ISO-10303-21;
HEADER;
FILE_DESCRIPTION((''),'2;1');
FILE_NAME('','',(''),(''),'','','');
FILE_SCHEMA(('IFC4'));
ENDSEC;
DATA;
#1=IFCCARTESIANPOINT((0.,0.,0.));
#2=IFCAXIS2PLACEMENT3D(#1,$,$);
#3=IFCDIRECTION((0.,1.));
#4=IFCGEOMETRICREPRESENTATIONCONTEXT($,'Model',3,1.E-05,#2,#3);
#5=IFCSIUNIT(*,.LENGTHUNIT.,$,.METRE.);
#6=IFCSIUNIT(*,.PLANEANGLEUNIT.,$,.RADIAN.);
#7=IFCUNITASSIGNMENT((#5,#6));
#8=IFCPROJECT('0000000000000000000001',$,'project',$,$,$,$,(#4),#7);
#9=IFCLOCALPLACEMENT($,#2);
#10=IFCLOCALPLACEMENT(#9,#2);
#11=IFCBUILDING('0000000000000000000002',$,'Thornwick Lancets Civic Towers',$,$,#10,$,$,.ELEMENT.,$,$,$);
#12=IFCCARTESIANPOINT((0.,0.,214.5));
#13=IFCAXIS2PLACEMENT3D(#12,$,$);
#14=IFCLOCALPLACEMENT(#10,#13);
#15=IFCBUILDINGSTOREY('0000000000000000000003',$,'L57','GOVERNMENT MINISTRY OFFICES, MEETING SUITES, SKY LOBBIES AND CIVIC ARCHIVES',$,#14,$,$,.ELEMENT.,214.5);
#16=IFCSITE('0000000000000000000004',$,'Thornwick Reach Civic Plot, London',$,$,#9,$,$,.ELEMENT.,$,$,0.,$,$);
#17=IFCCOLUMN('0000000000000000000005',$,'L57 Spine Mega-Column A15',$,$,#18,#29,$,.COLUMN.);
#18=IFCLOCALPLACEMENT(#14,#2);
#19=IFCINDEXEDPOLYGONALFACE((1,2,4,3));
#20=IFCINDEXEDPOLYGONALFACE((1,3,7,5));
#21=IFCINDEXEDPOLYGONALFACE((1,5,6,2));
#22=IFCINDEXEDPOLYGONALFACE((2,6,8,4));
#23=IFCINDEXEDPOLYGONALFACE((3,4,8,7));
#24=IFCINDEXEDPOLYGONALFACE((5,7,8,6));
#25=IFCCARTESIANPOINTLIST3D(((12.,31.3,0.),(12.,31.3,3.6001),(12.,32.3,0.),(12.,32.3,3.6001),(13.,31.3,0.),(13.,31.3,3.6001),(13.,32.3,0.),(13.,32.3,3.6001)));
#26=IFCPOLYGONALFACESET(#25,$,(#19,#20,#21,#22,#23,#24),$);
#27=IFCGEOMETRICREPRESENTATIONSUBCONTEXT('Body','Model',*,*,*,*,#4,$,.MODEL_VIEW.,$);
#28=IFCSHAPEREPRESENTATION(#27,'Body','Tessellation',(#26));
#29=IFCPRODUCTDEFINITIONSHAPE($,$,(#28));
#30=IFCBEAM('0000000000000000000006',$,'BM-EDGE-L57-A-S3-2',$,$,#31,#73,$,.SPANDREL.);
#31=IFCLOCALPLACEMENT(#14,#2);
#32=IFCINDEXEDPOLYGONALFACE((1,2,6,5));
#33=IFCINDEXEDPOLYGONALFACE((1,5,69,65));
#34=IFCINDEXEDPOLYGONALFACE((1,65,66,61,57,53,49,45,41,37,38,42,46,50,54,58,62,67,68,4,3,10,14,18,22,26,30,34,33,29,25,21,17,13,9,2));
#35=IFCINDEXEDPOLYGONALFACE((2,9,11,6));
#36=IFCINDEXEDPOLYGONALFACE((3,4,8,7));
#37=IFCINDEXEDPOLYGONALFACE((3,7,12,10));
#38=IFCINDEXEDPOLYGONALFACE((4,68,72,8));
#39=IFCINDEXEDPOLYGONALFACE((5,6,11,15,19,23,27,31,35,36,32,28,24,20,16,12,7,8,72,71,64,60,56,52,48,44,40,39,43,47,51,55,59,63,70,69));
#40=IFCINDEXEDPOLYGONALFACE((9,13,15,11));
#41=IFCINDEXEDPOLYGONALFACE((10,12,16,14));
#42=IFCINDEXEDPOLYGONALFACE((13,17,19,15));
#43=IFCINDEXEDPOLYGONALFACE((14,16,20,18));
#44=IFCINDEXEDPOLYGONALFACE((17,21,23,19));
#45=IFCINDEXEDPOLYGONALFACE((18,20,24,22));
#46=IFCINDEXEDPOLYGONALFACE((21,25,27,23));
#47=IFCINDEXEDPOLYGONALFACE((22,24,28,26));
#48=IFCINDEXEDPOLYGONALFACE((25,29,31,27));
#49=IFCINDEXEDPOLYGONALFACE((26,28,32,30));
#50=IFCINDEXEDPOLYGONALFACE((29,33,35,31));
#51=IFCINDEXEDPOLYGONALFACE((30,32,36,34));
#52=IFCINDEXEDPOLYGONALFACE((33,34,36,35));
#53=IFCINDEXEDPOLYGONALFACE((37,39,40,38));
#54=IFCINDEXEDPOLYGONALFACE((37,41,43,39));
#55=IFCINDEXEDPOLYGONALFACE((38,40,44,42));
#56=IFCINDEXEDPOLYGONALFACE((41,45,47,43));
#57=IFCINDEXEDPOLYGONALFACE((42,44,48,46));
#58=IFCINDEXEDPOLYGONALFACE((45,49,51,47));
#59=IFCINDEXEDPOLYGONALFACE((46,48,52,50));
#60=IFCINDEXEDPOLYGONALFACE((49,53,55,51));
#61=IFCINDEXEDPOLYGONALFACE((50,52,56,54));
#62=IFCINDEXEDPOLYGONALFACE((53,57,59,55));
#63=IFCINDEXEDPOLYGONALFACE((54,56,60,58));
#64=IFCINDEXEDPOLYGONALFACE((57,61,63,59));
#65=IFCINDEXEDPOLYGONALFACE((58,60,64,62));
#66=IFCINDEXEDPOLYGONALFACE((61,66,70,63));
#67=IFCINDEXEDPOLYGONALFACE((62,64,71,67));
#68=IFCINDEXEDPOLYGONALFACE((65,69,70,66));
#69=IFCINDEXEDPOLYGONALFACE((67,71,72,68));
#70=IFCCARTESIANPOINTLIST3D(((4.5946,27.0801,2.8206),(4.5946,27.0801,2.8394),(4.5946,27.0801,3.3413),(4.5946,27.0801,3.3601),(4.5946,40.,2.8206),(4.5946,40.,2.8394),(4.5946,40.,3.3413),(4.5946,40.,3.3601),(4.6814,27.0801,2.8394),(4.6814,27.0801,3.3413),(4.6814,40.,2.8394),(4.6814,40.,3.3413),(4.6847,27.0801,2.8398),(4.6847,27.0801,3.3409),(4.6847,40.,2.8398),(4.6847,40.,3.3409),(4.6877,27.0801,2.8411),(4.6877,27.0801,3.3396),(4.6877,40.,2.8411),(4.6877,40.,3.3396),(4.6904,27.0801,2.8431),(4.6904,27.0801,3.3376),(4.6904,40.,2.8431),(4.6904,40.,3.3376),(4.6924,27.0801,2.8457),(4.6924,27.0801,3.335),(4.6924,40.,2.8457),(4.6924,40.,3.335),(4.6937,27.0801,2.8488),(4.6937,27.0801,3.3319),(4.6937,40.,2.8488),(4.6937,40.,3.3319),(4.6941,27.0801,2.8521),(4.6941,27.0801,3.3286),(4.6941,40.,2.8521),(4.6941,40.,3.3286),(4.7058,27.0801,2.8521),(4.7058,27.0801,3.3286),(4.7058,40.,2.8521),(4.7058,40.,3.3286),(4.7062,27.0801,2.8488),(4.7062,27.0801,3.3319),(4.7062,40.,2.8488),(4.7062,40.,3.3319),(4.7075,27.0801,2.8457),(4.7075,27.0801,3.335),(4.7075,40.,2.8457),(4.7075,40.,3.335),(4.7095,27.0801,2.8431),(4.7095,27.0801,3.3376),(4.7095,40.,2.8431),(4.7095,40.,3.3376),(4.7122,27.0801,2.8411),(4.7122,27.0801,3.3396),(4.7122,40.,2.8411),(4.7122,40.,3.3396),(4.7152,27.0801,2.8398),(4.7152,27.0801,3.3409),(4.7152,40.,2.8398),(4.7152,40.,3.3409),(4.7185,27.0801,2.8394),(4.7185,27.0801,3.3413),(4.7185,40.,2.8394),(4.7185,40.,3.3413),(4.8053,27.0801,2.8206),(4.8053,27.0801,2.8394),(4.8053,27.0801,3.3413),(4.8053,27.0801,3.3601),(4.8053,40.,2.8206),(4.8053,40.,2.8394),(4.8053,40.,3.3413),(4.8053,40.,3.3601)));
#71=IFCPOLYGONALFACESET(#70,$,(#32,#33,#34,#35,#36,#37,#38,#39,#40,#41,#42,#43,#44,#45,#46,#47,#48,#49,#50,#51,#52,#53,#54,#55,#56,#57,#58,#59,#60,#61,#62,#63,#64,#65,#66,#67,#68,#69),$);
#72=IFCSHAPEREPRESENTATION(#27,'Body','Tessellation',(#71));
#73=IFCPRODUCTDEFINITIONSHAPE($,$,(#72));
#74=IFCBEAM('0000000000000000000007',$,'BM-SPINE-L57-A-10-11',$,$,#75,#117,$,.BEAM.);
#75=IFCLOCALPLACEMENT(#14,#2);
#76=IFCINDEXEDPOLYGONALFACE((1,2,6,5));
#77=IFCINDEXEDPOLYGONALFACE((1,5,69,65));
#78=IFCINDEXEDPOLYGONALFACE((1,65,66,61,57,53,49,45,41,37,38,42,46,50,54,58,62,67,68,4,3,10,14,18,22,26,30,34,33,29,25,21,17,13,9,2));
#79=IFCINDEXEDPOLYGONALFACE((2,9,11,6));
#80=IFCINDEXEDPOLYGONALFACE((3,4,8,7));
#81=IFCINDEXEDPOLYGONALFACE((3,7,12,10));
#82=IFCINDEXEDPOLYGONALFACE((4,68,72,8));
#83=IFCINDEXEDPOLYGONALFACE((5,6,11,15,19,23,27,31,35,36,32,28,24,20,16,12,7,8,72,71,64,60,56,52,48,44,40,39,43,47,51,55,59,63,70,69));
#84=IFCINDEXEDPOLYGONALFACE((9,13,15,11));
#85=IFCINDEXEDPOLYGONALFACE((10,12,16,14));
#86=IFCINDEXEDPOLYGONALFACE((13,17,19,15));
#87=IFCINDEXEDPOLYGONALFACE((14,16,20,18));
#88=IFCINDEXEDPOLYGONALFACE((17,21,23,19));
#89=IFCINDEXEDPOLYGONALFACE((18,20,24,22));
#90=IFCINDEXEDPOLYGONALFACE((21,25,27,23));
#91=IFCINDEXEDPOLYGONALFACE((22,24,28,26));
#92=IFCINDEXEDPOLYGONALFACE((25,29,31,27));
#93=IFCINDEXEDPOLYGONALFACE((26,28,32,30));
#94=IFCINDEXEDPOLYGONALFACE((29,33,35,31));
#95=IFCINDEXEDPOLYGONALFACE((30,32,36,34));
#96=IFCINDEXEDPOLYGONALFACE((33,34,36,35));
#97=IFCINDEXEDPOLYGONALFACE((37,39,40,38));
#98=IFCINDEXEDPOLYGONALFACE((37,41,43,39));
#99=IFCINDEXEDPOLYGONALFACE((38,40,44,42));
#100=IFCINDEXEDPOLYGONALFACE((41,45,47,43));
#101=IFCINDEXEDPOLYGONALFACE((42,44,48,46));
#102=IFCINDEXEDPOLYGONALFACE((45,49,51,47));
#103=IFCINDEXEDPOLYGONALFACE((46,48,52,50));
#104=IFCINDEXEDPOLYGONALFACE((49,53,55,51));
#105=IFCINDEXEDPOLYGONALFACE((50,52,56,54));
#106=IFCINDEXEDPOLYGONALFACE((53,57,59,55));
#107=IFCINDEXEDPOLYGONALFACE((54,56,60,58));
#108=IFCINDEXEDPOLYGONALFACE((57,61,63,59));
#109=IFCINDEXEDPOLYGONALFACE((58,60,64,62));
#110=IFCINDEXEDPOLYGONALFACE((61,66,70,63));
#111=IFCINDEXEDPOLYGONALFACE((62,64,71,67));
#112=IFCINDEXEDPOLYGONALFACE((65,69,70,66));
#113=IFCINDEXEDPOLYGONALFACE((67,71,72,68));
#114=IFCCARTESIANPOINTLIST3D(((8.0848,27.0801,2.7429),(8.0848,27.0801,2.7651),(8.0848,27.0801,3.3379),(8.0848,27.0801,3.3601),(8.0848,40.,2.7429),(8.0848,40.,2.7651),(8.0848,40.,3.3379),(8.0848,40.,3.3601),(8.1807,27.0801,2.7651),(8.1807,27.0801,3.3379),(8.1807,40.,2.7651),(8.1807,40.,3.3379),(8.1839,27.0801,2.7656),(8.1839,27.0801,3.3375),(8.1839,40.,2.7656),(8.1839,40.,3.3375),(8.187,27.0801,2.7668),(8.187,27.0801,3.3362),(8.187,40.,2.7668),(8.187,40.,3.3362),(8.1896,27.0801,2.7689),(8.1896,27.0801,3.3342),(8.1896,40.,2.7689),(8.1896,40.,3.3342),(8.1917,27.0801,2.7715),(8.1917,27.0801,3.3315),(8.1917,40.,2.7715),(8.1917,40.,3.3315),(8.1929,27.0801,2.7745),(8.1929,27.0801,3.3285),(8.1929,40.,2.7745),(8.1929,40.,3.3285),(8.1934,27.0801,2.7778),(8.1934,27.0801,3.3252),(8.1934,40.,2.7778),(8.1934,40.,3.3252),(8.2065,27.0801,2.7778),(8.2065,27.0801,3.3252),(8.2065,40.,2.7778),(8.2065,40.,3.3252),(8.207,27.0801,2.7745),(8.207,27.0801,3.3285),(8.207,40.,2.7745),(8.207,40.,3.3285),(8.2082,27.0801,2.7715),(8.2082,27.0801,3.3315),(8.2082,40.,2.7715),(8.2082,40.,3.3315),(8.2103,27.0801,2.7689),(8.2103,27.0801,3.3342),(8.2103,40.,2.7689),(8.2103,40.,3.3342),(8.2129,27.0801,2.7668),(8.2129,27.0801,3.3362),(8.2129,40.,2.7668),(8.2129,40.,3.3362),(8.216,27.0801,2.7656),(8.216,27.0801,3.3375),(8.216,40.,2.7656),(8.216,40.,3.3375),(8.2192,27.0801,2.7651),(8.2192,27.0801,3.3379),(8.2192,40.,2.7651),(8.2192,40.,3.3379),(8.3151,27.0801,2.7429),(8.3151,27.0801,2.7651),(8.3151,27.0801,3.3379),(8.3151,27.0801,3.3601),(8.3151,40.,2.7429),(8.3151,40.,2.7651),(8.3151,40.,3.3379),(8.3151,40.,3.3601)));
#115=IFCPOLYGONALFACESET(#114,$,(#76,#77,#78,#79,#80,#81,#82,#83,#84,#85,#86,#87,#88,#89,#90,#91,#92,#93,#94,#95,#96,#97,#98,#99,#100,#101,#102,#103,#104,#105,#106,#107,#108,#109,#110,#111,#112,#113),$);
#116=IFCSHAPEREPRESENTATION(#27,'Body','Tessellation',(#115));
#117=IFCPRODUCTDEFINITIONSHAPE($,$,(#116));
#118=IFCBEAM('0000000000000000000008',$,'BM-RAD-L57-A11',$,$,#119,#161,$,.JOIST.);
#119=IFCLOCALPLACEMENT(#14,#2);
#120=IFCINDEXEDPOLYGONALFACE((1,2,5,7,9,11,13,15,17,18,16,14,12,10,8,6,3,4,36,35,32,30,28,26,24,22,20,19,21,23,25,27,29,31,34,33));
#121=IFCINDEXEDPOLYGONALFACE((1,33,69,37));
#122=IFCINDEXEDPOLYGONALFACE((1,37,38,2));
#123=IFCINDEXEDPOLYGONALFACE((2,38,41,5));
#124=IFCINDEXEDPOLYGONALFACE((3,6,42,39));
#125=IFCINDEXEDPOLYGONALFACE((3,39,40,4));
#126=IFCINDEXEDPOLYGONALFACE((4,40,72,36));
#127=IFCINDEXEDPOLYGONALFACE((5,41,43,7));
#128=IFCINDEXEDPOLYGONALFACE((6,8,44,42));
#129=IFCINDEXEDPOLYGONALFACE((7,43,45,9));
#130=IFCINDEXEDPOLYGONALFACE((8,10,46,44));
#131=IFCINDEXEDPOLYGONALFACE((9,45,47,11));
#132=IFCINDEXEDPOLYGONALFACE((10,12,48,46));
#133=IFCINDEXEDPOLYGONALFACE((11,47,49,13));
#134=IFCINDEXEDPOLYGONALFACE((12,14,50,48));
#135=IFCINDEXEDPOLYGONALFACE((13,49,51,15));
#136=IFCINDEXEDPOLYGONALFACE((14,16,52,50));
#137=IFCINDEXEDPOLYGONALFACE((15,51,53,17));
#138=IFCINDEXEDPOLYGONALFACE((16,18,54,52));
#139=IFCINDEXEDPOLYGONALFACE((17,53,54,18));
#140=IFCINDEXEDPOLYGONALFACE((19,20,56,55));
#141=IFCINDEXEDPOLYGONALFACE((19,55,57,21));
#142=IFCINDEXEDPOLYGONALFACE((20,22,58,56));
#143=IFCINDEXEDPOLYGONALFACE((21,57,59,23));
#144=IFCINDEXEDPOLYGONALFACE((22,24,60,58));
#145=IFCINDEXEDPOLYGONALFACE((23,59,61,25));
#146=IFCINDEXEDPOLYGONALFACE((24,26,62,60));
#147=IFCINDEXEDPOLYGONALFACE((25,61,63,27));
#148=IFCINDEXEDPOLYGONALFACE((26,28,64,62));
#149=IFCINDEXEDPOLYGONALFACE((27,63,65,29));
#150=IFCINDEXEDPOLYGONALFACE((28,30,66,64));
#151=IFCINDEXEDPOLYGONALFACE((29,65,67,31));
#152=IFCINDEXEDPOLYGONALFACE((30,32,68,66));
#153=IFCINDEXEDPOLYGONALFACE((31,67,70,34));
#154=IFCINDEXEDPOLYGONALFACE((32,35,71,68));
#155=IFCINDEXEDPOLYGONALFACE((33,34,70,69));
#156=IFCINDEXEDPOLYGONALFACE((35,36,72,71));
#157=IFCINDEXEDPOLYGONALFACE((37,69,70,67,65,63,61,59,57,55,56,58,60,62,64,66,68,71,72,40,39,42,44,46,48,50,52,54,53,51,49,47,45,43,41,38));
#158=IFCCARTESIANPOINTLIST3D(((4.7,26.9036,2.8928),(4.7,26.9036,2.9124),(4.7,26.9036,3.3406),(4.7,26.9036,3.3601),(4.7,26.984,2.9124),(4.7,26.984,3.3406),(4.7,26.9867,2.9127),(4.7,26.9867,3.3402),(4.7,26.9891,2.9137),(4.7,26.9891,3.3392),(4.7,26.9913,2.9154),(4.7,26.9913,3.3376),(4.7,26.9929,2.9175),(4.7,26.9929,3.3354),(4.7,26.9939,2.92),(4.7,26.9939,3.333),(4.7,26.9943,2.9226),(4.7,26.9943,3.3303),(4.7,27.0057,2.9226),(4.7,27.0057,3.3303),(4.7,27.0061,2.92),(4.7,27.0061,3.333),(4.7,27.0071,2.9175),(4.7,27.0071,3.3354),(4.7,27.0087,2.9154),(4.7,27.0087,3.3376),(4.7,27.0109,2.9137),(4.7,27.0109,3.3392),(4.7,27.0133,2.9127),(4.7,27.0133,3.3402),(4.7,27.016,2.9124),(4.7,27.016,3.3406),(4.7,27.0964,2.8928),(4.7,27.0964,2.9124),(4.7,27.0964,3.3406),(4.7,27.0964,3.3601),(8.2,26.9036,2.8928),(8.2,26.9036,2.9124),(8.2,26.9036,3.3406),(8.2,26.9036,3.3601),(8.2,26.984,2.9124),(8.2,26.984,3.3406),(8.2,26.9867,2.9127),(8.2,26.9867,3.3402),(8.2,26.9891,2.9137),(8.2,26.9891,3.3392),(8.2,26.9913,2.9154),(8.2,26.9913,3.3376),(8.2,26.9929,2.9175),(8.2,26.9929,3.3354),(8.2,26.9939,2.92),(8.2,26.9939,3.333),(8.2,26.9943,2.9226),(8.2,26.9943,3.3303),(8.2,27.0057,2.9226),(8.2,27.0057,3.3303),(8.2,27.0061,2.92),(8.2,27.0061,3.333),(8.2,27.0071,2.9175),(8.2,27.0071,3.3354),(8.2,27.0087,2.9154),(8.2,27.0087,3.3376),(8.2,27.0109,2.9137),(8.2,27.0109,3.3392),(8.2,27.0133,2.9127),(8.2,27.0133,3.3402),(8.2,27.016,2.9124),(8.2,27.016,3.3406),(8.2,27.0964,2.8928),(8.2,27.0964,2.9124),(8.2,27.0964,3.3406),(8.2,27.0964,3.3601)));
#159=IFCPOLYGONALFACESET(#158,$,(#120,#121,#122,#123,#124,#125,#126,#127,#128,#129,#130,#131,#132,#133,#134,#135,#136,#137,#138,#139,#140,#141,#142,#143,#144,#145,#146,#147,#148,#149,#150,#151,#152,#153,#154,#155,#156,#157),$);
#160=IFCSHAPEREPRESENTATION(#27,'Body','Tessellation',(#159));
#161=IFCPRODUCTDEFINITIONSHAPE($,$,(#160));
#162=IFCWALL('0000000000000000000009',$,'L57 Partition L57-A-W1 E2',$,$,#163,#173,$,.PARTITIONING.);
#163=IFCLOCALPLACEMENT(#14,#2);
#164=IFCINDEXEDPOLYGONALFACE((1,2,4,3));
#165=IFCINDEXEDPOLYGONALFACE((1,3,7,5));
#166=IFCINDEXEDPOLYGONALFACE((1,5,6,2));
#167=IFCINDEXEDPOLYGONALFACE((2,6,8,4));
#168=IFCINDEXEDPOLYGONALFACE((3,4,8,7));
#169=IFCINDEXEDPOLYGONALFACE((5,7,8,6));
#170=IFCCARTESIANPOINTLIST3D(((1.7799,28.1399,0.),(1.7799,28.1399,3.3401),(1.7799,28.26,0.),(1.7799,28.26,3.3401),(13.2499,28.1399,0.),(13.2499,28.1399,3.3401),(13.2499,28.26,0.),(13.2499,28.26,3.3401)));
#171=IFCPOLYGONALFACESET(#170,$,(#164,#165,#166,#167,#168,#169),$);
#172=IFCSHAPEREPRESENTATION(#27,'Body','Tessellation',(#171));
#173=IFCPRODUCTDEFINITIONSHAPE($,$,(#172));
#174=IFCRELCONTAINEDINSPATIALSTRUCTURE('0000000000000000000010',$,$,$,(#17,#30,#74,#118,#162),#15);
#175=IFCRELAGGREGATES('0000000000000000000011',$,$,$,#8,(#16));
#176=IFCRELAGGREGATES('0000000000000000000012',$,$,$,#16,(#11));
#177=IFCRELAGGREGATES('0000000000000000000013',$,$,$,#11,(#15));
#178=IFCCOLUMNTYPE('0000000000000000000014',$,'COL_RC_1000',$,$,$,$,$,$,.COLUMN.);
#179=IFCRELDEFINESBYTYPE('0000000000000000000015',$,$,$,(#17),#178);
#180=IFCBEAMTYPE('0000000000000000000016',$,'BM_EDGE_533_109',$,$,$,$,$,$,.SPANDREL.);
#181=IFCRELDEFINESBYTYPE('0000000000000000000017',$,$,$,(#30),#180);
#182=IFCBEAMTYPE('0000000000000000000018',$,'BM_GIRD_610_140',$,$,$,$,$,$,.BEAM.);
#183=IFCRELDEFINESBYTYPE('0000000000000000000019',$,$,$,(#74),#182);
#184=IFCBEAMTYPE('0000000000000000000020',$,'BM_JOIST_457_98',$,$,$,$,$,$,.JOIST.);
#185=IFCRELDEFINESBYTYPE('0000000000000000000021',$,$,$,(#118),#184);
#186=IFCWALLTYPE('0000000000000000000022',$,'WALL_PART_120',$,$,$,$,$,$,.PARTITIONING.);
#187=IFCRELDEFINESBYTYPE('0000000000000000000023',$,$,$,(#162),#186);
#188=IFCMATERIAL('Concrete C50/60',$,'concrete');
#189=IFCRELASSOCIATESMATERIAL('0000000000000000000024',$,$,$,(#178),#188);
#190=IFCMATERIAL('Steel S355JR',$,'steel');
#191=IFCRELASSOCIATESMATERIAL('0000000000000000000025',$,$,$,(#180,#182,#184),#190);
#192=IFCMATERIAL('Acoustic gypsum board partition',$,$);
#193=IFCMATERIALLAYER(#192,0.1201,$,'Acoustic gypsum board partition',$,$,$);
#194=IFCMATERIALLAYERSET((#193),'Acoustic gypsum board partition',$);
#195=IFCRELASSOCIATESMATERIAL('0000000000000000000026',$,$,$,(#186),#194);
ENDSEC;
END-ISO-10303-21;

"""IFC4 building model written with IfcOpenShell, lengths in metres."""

from ifc_helpers import new_model, si_unit, direction, frame, frame_2d, origin, origin_2d, place, context, subcontext, project, spatial, rectangle, i_section, extrude, material, layer, layer_set, material_profile, profile_set, type_object, element, save


model = new_model("IFC4")

# Units and contexts
model_context = context("Model", 3, precision=1e-05, world=origin(), true_north=direction((0.0, 1.0)))
body_context = subcontext(model_context, "Body", "Model", "MODEL_VIEW")
ifc_project = project(units=[si_unit("LENGTHUNIT", "METRE"), si_unit("PLANEANGLEUNIT", "RADIAN")], contexts=[model_context])

# Site, building, storey
site_placement = place(None, origin())
site = spatial("IfcSite", under=ifc_project, at=site_placement, Name="Thornwick Reach Civic Plot, London", CompositionType="ELEMENT", RefElevation=0.0)
building_placement = place(site_placement, origin())
building = spatial("IfcBuilding", under=site, at=building_placement, Name="Thornwick Lancets Civic Towers", CompositionType="ELEMENT")
storey_placement = place(building_placement, frame((0.0, 0.0, 214.5)))
storey = spatial("IfcBuildingStorey", under=building, at=storey_placement, Name="L57", Description="GOVERNMENT MINISTRY OFFICES, MEETING SUITES, SKY LOBBIES AND CIVIC ARCHIVES", CompositionType="ELEMENT", Elevation=214.5)

# Column
ifc_material_1 = material(Name="Concrete C50/60", Category="concrete")
ifc_material_profile_1 = material_profile(ifc_material_1, rectangle(XDim=1.0, YDim=1.0, at=origin_2d()), Name="RC 1000x1000")
ifc_profile_set_1 = profile_set([ifc_material_profile_1], Name="Concrete C50/60")
column_type = type_object("IfcColumnType", Name="COL_RC_1000", PredefinedType="COLUMN", material=ifc_profile_set_1)
column_placement = place(storey_placement, frame((12.5, 31.8, 0.0), z_axis=(0.0, 0.0, 1.0), x_axis=(1.0, 0.0, 0.0)))
element("IfcColumn", 1, at=column_placement, inside=storey, type_object=column_type, Name="L57 Spine Mega-Column A15", PredefinedType="COLUMN", context=body_context, shape_type="SweptSolid", body=[
    extrude(rectangle(XDim=1.0, YDim=1.0, at=origin_2d()), origin(), (0.0, 0.0, 1.0), 3.6001),
])

# Beams
ifc_material_2 = material(Name="Steel S355JR", Category="steel")
ifc_material_profile_2 = material_profile(ifc_material_2, i_section(OverallWidth=0.2107, OverallDepth=0.5396, WebThickness=0.0117, FlangeThickness=0.0188, FilletRadius=0.0127, at=origin_2d()), Name="UKB 533x210x109")
ifc_profile_set_2 = profile_set([ifc_material_profile_2], Name="Steel S355JR")
beam_type_1 = type_object("IfcBeamType", Name="BM_EDGE_533_109", PredefinedType="SPANDREL", material=ifc_profile_set_2)
beam_1_placement = place(storey_placement, frame((4.7, 27.0801, 3.0903), z_axis=(0.0, 1.0, 0.0), x_axis=(-1.0, 0.0, 0.0)))
element("IfcBeam", 2, at=beam_1_placement, inside=storey, type_object=beam_type_1, Name="BM-EDGE-L57-A-S3-2", PredefinedType="SPANDREL", context=body_context, shape_type="SweptSolid", body=[
    extrude(i_section(OverallWidth=0.2107, OverallDepth=0.5396, WebThickness=0.0117, FlangeThickness=0.0188, FilletRadius=0.0127, at=origin_2d()), origin(), (0.0, 0.0, 1.0), 12.9199),
])
ifc_material_profile_3 = material_profile(ifc_material_2, i_section(OverallWidth=0.2302, OverallDepth=0.6172, WebThickness=0.0132, FlangeThickness=0.0222, FilletRadius=0.0127, at=origin_2d()), Name="UKB 610x229x140")
ifc_profile_set_3 = profile_set([ifc_material_profile_3], Name="Steel S355JR")
beam_type_2 = type_object("IfcBeamType", Name="BM_GIRD_610_140", PredefinedType="BEAM", material=ifc_profile_set_3)
beam_2_placement = place(storey_placement, frame((8.2, 27.0801, 3.0515), z_axis=(0.0, 1.0, 0.0), x_axis=(-1.0, 0.0, 0.0)))
element("IfcBeam", 3, at=beam_2_placement, inside=storey, type_object=beam_type_2, Name="BM-SPINE-L57-A-10-11", PredefinedType="BEAM", context=body_context, shape_type="SweptSolid", body=[
    extrude(i_section(OverallWidth=0.2302, OverallDepth=0.6172, WebThickness=0.0132, FlangeThickness=0.0222, FilletRadius=0.0127, at=origin_2d()), origin(), (0.0, 0.0, 1.0), 12.9199),
])
ifc_material_profile_4 = material_profile(ifc_material_2, i_section(OverallWidth=0.1929, OverallDepth=0.4673, WebThickness=0.0115, FlangeThickness=0.0195, FilletRadius=0.0103, at=origin_2d()), Name="UKB 457x191x98")
ifc_profile_set_4 = profile_set([ifc_material_profile_4], Name="Steel S355JR")
beam_type_3 = type_object("IfcBeamType", Name="BM_JOIST_457_98", PredefinedType="JOIST", material=ifc_profile_set_4)
beam_3_placement = place(storey_placement, frame((8.2, 27.0, 3.1265), z_axis=(-1.0, 0.0, 0.0), x_axis=(0.0, -1.0, 0.0)))
element("IfcBeam", 4, at=beam_3_placement, inside=storey, type_object=beam_type_3, Name="BM-RAD-L57-A11", PredefinedType="JOIST", context=body_context, shape_type="SweptSolid", body=[
    extrude(i_section(OverallWidth=0.1929, OverallDepth=0.4673, WebThickness=0.0115, FlangeThickness=0.0195, FilletRadius=0.0103, at=origin_2d()), origin(), (0.0, 0.0, 1.0), 3.5),
])

# Wall
ifc_material_3 = material(Name="Acoustic gypsum board partition")
ifc_layer_1 = layer(ifc_material_3, 0.1201, Name="Acoustic gypsum board partition")
ifc_layer_set_1 = layer_set([ifc_layer_1], Name="Acoustic gypsum board partition")
wall_type_1 = type_object("IfcWallType", Name="WALL_PART_120", PredefinedType="PARTITIONING", material=ifc_layer_set_1)
wall_1_placement = place(storey_placement, frame((1.78, 28.2, 0.0), z_axis=(0.0, 0.0, 1.0), x_axis=(1.0, 0.0, 0.0)))
element("IfcWall", 5, at=wall_1_placement, inside=storey, type_object=wall_type_1, Name="L57 Partition L57-A-W1 E2", PredefinedType="PARTITIONING", context=body_context, shape_type="SweptSolid", body=[
    extrude(rectangle(XDim=11.47, YDim=0.1201, at=frame_2d((5.7349, 0.0))), origin(), (0.0, 0.0, 1.0), 3.3401),
])

save(model, "model.ifc")
